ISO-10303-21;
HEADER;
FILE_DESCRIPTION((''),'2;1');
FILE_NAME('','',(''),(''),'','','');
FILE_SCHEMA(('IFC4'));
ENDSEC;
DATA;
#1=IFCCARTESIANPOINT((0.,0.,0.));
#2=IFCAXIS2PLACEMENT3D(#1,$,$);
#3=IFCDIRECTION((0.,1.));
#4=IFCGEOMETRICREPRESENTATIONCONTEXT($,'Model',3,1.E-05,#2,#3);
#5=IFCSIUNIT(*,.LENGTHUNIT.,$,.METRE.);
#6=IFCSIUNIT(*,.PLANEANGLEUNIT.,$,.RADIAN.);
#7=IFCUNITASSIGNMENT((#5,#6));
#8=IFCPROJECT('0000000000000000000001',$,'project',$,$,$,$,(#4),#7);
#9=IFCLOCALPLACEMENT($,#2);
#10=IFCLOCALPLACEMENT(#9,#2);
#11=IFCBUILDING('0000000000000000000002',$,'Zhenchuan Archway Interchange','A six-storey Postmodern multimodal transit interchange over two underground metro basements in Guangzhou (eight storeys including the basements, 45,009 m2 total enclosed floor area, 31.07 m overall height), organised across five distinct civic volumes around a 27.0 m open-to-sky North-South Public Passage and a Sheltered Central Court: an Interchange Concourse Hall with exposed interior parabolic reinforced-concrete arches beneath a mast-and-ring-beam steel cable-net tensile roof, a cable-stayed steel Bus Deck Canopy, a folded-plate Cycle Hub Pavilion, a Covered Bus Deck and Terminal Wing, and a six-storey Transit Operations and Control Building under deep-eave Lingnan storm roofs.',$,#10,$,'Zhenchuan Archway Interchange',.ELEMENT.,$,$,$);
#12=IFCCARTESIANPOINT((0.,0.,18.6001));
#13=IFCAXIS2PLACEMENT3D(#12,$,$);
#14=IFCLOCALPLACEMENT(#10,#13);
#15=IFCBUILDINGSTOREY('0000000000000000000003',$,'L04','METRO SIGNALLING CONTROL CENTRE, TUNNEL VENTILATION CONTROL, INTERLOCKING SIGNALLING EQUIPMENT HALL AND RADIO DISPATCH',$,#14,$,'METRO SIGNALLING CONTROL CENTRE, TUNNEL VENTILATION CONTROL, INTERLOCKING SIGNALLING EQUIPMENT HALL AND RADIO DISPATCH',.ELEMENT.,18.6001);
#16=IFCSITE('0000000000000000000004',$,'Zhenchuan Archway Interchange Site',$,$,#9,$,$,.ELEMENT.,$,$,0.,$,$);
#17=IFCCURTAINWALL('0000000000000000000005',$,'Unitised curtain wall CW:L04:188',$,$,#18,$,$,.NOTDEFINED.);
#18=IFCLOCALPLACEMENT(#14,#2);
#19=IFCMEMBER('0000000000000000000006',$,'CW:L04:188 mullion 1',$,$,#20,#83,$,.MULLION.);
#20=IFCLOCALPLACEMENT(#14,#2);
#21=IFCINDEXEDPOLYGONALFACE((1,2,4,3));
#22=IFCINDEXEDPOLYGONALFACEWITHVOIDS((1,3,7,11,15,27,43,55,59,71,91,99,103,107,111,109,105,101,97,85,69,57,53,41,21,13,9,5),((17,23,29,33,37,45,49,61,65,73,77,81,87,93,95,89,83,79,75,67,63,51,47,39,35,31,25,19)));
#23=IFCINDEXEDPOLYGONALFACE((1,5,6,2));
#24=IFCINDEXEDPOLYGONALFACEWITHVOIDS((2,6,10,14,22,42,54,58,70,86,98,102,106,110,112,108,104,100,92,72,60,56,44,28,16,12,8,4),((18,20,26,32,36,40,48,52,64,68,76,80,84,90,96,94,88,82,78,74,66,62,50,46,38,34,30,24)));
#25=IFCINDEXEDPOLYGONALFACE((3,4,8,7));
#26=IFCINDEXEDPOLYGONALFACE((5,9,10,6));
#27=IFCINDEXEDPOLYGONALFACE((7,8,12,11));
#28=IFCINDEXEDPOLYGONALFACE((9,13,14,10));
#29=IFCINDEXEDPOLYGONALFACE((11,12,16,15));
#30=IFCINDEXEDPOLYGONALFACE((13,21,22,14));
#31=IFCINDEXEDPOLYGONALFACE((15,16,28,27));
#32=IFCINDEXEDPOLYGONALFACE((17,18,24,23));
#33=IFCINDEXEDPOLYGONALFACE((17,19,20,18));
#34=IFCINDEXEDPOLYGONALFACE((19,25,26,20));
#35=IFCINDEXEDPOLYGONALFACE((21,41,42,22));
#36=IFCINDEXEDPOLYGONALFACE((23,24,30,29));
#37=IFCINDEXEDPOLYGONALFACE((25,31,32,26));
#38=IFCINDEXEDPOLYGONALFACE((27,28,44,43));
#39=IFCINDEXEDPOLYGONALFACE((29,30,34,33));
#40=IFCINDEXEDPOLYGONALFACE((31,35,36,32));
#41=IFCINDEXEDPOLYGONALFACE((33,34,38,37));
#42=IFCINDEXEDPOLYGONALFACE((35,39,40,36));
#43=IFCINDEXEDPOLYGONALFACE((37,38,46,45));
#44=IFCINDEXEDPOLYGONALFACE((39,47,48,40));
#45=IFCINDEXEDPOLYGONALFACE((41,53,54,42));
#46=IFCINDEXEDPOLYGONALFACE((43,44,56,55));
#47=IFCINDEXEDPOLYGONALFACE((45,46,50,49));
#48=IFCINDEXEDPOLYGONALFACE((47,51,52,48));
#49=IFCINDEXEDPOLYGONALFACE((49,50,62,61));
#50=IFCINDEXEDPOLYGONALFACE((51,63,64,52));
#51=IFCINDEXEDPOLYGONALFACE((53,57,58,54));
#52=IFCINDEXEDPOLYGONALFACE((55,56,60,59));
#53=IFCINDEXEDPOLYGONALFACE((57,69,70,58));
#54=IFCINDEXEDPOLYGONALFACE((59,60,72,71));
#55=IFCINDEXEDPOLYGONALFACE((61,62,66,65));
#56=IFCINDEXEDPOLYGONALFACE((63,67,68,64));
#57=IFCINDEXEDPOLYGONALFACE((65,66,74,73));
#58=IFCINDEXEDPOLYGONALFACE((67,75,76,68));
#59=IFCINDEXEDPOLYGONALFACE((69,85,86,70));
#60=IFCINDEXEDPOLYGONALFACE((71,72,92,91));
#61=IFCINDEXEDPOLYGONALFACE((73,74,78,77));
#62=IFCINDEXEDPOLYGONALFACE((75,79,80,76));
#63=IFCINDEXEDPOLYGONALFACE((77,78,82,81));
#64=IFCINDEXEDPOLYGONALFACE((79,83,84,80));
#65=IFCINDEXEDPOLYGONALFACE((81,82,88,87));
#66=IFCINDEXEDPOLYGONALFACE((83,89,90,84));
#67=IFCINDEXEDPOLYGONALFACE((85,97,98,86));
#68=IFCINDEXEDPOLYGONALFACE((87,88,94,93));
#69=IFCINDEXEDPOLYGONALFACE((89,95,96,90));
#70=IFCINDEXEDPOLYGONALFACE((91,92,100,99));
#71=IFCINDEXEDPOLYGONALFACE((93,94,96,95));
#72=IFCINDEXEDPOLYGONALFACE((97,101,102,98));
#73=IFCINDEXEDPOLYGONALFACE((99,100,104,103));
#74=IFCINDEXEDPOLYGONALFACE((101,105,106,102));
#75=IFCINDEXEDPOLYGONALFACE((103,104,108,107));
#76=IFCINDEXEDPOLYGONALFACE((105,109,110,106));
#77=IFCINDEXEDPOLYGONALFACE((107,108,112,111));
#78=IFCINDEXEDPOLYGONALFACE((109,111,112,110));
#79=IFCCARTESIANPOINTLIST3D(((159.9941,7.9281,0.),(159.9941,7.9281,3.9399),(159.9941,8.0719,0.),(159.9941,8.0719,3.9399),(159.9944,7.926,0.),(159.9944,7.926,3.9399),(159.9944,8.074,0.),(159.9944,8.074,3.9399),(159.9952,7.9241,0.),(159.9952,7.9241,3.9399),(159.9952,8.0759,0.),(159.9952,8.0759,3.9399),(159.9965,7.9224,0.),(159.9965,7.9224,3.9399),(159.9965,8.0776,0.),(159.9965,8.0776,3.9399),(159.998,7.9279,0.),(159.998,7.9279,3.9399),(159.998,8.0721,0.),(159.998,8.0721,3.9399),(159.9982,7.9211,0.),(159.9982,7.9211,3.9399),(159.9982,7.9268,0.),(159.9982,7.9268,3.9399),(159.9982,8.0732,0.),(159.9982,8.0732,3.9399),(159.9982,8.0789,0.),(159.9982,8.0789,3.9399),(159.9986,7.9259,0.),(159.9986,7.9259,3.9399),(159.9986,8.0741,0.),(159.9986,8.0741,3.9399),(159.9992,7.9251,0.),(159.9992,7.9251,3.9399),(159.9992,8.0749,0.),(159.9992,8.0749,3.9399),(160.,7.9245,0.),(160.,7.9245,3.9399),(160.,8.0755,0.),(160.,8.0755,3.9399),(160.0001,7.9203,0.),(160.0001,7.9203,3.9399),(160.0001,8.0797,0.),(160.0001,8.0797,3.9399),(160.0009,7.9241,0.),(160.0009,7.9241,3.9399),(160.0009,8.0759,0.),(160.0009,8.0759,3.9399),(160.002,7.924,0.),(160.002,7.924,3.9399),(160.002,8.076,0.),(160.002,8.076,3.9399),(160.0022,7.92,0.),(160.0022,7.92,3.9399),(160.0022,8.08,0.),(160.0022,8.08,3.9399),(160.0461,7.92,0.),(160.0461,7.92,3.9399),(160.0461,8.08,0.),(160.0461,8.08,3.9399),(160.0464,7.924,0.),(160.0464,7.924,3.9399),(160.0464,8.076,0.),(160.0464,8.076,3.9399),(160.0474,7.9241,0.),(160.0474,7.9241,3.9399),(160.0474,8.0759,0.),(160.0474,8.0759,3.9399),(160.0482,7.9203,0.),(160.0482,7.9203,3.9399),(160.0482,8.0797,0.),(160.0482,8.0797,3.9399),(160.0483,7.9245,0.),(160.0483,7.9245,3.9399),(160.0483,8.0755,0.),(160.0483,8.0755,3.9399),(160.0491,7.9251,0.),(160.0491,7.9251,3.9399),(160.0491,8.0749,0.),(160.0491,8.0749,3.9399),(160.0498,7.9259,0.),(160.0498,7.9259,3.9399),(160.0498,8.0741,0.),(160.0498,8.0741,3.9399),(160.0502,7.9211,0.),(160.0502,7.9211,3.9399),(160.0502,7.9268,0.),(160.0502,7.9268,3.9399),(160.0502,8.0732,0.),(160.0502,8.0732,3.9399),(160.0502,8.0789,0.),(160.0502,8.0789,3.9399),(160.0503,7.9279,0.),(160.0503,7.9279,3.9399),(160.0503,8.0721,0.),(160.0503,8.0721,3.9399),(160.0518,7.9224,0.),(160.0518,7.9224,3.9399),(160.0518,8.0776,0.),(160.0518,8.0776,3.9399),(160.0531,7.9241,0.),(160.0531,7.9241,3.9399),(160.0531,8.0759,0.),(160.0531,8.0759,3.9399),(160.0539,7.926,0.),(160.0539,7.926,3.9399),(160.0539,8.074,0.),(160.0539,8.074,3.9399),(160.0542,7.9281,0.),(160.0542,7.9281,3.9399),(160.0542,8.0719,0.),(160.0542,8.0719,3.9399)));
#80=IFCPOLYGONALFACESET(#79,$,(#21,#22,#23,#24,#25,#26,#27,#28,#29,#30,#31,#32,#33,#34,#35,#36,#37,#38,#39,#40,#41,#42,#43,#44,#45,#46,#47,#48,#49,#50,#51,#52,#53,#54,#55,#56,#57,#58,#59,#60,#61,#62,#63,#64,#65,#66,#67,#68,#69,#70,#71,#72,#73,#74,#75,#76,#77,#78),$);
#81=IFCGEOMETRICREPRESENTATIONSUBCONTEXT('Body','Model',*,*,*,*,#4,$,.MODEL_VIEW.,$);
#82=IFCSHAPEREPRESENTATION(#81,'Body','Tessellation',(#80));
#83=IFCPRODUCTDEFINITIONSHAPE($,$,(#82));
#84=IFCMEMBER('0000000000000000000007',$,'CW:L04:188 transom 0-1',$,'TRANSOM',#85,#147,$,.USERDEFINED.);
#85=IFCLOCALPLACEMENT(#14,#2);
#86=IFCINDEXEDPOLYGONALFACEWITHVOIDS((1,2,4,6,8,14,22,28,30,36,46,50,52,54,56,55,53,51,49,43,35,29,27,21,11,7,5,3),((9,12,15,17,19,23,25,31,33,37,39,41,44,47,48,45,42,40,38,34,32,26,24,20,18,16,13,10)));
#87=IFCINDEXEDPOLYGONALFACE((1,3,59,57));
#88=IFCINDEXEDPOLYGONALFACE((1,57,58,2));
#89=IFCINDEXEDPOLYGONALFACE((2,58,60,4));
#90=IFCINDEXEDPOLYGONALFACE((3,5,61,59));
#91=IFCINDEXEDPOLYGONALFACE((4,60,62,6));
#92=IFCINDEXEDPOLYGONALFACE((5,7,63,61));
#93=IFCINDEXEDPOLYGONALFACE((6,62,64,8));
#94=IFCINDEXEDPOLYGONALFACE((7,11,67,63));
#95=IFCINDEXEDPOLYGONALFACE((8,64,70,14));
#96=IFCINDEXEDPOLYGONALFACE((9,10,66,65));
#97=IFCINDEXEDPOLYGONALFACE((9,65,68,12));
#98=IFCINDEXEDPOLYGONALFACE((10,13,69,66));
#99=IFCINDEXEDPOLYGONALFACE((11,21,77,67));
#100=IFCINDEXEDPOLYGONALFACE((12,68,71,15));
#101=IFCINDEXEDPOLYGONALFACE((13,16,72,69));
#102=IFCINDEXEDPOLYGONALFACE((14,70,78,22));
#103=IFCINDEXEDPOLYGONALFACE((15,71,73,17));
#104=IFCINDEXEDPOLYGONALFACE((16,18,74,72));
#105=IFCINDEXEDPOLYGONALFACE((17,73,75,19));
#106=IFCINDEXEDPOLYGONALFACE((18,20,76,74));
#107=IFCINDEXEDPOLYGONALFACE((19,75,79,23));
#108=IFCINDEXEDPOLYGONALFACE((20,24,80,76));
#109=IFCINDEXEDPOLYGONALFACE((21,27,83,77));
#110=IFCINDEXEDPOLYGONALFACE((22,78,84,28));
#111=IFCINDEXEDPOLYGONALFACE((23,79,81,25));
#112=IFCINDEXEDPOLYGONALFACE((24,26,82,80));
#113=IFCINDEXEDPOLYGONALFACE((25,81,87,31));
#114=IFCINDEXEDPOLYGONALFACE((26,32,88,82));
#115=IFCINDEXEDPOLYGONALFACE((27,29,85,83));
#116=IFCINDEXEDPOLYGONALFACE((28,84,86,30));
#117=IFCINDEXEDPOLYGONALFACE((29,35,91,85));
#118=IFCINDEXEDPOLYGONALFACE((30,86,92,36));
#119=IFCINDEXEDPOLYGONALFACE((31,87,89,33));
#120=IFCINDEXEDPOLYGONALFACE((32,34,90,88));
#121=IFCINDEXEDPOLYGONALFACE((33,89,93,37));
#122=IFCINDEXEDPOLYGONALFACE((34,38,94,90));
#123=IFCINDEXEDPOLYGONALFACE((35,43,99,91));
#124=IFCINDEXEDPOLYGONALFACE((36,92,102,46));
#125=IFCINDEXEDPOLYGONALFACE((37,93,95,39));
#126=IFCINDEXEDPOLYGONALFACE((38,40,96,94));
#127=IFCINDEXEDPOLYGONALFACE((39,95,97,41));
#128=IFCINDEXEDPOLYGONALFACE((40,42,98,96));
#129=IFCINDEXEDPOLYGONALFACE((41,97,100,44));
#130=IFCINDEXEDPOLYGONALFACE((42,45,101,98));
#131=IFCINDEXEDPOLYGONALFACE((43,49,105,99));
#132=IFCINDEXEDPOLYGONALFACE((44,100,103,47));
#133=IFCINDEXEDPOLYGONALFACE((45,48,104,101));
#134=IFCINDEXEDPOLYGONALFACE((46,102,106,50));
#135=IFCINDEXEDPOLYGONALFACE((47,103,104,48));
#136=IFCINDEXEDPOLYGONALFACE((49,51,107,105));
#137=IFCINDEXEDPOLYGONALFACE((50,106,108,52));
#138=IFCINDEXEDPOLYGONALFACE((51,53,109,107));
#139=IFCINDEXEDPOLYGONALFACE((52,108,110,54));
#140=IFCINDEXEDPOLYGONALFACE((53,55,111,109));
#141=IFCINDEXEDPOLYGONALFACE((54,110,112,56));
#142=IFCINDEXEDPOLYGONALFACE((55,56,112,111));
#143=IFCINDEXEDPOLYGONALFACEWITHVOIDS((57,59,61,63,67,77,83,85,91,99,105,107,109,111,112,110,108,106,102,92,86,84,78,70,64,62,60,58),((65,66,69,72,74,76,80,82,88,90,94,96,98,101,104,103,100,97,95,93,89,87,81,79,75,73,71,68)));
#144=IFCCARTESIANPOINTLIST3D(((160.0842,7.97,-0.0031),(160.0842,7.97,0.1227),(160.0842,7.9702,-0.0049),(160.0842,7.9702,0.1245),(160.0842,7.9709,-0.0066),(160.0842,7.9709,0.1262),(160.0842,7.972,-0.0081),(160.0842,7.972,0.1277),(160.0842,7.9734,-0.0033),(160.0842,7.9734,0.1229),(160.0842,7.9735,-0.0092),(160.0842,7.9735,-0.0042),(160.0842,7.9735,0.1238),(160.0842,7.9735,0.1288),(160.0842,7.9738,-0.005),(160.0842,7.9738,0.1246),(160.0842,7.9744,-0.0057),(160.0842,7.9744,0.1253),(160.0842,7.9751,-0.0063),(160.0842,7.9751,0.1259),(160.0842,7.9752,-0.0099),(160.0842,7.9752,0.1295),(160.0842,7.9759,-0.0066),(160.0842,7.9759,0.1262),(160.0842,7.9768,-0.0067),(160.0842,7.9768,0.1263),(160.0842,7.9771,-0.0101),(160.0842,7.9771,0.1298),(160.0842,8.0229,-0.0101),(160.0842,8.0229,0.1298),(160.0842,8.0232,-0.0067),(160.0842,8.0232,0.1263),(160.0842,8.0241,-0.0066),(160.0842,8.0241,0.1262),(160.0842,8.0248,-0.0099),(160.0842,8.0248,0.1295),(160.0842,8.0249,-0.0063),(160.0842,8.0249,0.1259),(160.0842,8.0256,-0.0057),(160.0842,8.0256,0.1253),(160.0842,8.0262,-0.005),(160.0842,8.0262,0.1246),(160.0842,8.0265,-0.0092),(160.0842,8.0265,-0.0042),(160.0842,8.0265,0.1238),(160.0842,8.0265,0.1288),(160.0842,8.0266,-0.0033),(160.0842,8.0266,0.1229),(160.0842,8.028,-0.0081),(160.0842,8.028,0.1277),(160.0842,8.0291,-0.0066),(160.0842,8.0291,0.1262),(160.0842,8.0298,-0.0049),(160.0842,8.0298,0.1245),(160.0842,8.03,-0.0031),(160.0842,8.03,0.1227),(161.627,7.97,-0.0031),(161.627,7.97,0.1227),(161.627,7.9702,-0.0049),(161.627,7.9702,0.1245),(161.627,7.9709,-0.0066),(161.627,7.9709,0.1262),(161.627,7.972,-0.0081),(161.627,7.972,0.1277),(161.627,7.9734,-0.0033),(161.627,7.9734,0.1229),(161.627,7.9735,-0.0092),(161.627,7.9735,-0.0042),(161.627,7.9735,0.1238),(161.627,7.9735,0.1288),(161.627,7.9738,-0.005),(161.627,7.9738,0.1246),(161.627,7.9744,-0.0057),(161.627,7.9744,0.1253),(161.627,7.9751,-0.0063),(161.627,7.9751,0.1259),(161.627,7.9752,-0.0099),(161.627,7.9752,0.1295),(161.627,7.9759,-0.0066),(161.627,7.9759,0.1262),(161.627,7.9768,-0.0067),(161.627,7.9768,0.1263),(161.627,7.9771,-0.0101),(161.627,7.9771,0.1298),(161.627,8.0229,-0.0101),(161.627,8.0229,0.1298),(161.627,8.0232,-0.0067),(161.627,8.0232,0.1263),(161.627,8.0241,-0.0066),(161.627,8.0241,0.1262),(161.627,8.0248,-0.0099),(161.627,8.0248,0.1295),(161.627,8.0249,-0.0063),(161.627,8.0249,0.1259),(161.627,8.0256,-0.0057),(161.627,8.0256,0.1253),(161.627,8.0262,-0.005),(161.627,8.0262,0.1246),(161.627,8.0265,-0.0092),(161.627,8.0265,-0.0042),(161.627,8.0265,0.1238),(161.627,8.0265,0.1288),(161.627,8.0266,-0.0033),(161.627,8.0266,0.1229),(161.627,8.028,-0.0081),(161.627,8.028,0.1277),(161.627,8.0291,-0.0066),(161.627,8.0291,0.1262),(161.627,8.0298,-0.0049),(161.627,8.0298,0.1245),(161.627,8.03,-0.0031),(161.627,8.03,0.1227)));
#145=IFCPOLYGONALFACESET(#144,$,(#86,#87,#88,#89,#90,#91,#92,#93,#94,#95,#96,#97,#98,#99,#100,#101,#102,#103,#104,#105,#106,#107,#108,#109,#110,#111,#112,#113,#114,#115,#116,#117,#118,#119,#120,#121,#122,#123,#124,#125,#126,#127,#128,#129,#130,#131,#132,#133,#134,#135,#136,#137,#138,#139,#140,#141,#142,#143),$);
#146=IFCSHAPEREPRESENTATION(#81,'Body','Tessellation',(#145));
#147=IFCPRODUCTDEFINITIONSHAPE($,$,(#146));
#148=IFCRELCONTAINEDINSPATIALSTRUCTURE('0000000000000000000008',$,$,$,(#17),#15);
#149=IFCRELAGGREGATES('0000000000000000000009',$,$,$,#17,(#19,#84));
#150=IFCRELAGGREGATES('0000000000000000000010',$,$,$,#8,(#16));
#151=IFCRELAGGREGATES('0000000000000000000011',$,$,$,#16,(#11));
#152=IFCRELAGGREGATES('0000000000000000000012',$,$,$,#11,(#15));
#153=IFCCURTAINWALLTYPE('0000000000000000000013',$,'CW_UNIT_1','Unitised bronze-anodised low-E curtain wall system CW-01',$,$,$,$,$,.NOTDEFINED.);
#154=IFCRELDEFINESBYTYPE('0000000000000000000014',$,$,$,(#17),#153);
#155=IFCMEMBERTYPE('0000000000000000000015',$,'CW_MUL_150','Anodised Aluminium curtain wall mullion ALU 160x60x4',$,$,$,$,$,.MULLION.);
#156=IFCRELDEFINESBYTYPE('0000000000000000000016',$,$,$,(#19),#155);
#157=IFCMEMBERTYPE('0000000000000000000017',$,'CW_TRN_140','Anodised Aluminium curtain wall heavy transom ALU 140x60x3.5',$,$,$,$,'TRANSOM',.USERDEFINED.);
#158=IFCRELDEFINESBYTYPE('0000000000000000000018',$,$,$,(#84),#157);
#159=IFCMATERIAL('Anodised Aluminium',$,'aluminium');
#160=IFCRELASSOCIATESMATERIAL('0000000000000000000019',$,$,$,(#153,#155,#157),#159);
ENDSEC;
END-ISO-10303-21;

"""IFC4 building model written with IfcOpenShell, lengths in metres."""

from ifc_helpers import new_model, si_unit, direction, frame, origin, origin_2d, place, context, subcontext, project, spatial, hollow_rectangle, extrude, material, material_profile, profile_set, type_object, element, aggregate, save


model = new_model("IFC4")

# Units and contexts
model_context = context("Model", 3, precision=1e-05, world=origin(), true_north=direction((0.0, 1.0)))
body_context = subcontext(model_context, "Body", "Model", "MODEL_VIEW")
ifc_project = project(units=[si_unit("LENGTHUNIT", "METRE"), si_unit("PLANEANGLEUNIT", "RADIAN")], contexts=[model_context])

# Site, building, storey
site_placement = place(None, origin())
site = spatial("IfcSite", under=ifc_project, at=site_placement, Name="Zhenchuan Archway Interchange Site", CompositionType="ELEMENT", RefElevation=0.0)
building_placement = place(site_placement, origin())
building = spatial("IfcBuilding", under=site, at=building_placement, Name="Zhenchuan Archway Interchange", Description="A six-storey Postmodern multimodal transit interchange over two underground metro basements in Guangzhou (eight storeys including the basements, 45,009 m2 total enclosed floor area, 31.07 m overall height), organised across five distinct civic volumes around a 27.0 m open-to-sky North-South Public Passage and a Sheltered Central Court: an Interchange Concourse Hall with exposed interior parabolic reinforced-concrete arches beneath a mast-and-ring-beam steel cable-net tensile roof, a cable-stayed steel Bus Deck Canopy, a folded-plate Cycle Hub Pavilion, a Covered Bus Deck and Terminal Wing, and a six-storey Transit Operations and Control Building under deep-eave Lingnan storm roofs.", LongName="Zhenchuan Archway Interchange", CompositionType="ELEMENT")
storey_placement = place(building_placement, frame((0.0, 0.0, 18.6001)))
storey = spatial("IfcBuildingStorey", under=building, at=storey_placement, Name="L04", Description="METRO SIGNALLING CONTROL CENTRE, TUNNEL VENTILATION CONTROL, INTERLOCKING SIGNALLING EQUIPMENT HALL AND RADIO DISPATCH", LongName="METRO SIGNALLING CONTROL CENTRE, TUNNEL VENTILATION CONTROL, INTERLOCKING SIGNALLING EQUIPMENT HALL AND RADIO DISPATCH", CompositionType="ELEMENT", Elevation=18.6001)

# Curtain wall, members
ifc_material_1 = material(Name="Anodised Aluminium", Category="aluminium")
curtain_wall_type = type_object("IfcCurtainWallType", Name="CW_UNIT_1", Description="Unitised bronze-anodised low-E curtain wall system CW-01", PredefinedType="NOTDEFINED", material=ifc_material_1)
curtain_wall_placement = place(storey_placement, origin())
curtain_wall = element("IfcCurtainWall", 1, at=curtain_wall_placement, inside=storey, type_object=curtain_wall_type, Name="Unitised curtain wall CW:L04:188", PredefinedType="NOTDEFINED")
ifc_material_profile_1 = material_profile(ifc_material_1, hollow_rectangle(XDim=0.0601, YDim=0.1599, WallThickness=0.0039, InnerFilletRadius=0.0039, OuterFilletRadius=0.0081, at=origin_2d()), Name="ALU 160x60x4")
ifc_profile_set_1 = profile_set([ifc_material_profile_1], Name="Anodised Aluminium")
member_type_1 = type_object("IfcMemberType", Name="CW_MUL_150", Description="Anodised Aluminium curtain wall mullion ALU 160x60x4", PredefinedType="MULLION", material=ifc_profile_set_1)
member_1_placement = place(storey_placement, frame((160.0242, 8.0, 0.0), z_axis=(0.0, 0.0, 1.0), x_axis=(1.0, 0.0, 0.0)))
member_1 = element("IfcMember", 2, at=member_1_placement, type_object=member_type_1, Name="CW:L04:188 mullion 1", PredefinedType="MULLION", context=body_context, shape_type="SweptSolid", body=[
    extrude(hollow_rectangle(XDim=0.0601, YDim=0.1599, WallThickness=0.0039, InnerFilletRadius=0.0039, OuterFilletRadius=0.0081, at=origin_2d()), origin(), (0.0, 0.0, 1.0), 3.9399),
])
ifc_material_profile_2 = material_profile(ifc_material_1, hollow_rectangle(XDim=0.0601, YDim=0.1399, WallThickness=0.0034, InnerFilletRadius=0.0034, OuterFilletRadius=0.0071, at=origin_2d()), Name="ALU 140x60x3.5")
ifc_profile_set_2 = profile_set([ifc_material_profile_2], Name="Anodised Aluminium")
member_type_2 = type_object("IfcMemberType", Name="CW_TRN_140", Description="Anodised Aluminium curtain wall heavy transom ALU 140x60x3.5", ElementType="TRANSOM", PredefinedType="USERDEFINED", material=ifc_profile_set_2)
member_2_placement = place(storey_placement, frame((161.627, 8.0, 0.0598), z_axis=(-1.0, 0.0, 0.0), x_axis=(0.0, -1.0, 0.0)))
member_2 = element("IfcMember", 3, at=member_2_placement, type_object=member_type_2, Name="CW:L04:188 transom 0-1", ObjectType="TRANSOM", PredefinedType="USERDEFINED", context=body_context, shape_type="SweptSolid", body=[
    extrude(hollow_rectangle(XDim=0.0601, YDim=0.1399, WallThickness=0.0034, InnerFilletRadius=0.0034, OuterFilletRadius=0.0071, at=origin_2d()), origin(), (0.0, 0.0, 1.0), 1.5427),
])

aggregate(curtain_wall, [member_1, member_2])

save(model, "model.ifc")
